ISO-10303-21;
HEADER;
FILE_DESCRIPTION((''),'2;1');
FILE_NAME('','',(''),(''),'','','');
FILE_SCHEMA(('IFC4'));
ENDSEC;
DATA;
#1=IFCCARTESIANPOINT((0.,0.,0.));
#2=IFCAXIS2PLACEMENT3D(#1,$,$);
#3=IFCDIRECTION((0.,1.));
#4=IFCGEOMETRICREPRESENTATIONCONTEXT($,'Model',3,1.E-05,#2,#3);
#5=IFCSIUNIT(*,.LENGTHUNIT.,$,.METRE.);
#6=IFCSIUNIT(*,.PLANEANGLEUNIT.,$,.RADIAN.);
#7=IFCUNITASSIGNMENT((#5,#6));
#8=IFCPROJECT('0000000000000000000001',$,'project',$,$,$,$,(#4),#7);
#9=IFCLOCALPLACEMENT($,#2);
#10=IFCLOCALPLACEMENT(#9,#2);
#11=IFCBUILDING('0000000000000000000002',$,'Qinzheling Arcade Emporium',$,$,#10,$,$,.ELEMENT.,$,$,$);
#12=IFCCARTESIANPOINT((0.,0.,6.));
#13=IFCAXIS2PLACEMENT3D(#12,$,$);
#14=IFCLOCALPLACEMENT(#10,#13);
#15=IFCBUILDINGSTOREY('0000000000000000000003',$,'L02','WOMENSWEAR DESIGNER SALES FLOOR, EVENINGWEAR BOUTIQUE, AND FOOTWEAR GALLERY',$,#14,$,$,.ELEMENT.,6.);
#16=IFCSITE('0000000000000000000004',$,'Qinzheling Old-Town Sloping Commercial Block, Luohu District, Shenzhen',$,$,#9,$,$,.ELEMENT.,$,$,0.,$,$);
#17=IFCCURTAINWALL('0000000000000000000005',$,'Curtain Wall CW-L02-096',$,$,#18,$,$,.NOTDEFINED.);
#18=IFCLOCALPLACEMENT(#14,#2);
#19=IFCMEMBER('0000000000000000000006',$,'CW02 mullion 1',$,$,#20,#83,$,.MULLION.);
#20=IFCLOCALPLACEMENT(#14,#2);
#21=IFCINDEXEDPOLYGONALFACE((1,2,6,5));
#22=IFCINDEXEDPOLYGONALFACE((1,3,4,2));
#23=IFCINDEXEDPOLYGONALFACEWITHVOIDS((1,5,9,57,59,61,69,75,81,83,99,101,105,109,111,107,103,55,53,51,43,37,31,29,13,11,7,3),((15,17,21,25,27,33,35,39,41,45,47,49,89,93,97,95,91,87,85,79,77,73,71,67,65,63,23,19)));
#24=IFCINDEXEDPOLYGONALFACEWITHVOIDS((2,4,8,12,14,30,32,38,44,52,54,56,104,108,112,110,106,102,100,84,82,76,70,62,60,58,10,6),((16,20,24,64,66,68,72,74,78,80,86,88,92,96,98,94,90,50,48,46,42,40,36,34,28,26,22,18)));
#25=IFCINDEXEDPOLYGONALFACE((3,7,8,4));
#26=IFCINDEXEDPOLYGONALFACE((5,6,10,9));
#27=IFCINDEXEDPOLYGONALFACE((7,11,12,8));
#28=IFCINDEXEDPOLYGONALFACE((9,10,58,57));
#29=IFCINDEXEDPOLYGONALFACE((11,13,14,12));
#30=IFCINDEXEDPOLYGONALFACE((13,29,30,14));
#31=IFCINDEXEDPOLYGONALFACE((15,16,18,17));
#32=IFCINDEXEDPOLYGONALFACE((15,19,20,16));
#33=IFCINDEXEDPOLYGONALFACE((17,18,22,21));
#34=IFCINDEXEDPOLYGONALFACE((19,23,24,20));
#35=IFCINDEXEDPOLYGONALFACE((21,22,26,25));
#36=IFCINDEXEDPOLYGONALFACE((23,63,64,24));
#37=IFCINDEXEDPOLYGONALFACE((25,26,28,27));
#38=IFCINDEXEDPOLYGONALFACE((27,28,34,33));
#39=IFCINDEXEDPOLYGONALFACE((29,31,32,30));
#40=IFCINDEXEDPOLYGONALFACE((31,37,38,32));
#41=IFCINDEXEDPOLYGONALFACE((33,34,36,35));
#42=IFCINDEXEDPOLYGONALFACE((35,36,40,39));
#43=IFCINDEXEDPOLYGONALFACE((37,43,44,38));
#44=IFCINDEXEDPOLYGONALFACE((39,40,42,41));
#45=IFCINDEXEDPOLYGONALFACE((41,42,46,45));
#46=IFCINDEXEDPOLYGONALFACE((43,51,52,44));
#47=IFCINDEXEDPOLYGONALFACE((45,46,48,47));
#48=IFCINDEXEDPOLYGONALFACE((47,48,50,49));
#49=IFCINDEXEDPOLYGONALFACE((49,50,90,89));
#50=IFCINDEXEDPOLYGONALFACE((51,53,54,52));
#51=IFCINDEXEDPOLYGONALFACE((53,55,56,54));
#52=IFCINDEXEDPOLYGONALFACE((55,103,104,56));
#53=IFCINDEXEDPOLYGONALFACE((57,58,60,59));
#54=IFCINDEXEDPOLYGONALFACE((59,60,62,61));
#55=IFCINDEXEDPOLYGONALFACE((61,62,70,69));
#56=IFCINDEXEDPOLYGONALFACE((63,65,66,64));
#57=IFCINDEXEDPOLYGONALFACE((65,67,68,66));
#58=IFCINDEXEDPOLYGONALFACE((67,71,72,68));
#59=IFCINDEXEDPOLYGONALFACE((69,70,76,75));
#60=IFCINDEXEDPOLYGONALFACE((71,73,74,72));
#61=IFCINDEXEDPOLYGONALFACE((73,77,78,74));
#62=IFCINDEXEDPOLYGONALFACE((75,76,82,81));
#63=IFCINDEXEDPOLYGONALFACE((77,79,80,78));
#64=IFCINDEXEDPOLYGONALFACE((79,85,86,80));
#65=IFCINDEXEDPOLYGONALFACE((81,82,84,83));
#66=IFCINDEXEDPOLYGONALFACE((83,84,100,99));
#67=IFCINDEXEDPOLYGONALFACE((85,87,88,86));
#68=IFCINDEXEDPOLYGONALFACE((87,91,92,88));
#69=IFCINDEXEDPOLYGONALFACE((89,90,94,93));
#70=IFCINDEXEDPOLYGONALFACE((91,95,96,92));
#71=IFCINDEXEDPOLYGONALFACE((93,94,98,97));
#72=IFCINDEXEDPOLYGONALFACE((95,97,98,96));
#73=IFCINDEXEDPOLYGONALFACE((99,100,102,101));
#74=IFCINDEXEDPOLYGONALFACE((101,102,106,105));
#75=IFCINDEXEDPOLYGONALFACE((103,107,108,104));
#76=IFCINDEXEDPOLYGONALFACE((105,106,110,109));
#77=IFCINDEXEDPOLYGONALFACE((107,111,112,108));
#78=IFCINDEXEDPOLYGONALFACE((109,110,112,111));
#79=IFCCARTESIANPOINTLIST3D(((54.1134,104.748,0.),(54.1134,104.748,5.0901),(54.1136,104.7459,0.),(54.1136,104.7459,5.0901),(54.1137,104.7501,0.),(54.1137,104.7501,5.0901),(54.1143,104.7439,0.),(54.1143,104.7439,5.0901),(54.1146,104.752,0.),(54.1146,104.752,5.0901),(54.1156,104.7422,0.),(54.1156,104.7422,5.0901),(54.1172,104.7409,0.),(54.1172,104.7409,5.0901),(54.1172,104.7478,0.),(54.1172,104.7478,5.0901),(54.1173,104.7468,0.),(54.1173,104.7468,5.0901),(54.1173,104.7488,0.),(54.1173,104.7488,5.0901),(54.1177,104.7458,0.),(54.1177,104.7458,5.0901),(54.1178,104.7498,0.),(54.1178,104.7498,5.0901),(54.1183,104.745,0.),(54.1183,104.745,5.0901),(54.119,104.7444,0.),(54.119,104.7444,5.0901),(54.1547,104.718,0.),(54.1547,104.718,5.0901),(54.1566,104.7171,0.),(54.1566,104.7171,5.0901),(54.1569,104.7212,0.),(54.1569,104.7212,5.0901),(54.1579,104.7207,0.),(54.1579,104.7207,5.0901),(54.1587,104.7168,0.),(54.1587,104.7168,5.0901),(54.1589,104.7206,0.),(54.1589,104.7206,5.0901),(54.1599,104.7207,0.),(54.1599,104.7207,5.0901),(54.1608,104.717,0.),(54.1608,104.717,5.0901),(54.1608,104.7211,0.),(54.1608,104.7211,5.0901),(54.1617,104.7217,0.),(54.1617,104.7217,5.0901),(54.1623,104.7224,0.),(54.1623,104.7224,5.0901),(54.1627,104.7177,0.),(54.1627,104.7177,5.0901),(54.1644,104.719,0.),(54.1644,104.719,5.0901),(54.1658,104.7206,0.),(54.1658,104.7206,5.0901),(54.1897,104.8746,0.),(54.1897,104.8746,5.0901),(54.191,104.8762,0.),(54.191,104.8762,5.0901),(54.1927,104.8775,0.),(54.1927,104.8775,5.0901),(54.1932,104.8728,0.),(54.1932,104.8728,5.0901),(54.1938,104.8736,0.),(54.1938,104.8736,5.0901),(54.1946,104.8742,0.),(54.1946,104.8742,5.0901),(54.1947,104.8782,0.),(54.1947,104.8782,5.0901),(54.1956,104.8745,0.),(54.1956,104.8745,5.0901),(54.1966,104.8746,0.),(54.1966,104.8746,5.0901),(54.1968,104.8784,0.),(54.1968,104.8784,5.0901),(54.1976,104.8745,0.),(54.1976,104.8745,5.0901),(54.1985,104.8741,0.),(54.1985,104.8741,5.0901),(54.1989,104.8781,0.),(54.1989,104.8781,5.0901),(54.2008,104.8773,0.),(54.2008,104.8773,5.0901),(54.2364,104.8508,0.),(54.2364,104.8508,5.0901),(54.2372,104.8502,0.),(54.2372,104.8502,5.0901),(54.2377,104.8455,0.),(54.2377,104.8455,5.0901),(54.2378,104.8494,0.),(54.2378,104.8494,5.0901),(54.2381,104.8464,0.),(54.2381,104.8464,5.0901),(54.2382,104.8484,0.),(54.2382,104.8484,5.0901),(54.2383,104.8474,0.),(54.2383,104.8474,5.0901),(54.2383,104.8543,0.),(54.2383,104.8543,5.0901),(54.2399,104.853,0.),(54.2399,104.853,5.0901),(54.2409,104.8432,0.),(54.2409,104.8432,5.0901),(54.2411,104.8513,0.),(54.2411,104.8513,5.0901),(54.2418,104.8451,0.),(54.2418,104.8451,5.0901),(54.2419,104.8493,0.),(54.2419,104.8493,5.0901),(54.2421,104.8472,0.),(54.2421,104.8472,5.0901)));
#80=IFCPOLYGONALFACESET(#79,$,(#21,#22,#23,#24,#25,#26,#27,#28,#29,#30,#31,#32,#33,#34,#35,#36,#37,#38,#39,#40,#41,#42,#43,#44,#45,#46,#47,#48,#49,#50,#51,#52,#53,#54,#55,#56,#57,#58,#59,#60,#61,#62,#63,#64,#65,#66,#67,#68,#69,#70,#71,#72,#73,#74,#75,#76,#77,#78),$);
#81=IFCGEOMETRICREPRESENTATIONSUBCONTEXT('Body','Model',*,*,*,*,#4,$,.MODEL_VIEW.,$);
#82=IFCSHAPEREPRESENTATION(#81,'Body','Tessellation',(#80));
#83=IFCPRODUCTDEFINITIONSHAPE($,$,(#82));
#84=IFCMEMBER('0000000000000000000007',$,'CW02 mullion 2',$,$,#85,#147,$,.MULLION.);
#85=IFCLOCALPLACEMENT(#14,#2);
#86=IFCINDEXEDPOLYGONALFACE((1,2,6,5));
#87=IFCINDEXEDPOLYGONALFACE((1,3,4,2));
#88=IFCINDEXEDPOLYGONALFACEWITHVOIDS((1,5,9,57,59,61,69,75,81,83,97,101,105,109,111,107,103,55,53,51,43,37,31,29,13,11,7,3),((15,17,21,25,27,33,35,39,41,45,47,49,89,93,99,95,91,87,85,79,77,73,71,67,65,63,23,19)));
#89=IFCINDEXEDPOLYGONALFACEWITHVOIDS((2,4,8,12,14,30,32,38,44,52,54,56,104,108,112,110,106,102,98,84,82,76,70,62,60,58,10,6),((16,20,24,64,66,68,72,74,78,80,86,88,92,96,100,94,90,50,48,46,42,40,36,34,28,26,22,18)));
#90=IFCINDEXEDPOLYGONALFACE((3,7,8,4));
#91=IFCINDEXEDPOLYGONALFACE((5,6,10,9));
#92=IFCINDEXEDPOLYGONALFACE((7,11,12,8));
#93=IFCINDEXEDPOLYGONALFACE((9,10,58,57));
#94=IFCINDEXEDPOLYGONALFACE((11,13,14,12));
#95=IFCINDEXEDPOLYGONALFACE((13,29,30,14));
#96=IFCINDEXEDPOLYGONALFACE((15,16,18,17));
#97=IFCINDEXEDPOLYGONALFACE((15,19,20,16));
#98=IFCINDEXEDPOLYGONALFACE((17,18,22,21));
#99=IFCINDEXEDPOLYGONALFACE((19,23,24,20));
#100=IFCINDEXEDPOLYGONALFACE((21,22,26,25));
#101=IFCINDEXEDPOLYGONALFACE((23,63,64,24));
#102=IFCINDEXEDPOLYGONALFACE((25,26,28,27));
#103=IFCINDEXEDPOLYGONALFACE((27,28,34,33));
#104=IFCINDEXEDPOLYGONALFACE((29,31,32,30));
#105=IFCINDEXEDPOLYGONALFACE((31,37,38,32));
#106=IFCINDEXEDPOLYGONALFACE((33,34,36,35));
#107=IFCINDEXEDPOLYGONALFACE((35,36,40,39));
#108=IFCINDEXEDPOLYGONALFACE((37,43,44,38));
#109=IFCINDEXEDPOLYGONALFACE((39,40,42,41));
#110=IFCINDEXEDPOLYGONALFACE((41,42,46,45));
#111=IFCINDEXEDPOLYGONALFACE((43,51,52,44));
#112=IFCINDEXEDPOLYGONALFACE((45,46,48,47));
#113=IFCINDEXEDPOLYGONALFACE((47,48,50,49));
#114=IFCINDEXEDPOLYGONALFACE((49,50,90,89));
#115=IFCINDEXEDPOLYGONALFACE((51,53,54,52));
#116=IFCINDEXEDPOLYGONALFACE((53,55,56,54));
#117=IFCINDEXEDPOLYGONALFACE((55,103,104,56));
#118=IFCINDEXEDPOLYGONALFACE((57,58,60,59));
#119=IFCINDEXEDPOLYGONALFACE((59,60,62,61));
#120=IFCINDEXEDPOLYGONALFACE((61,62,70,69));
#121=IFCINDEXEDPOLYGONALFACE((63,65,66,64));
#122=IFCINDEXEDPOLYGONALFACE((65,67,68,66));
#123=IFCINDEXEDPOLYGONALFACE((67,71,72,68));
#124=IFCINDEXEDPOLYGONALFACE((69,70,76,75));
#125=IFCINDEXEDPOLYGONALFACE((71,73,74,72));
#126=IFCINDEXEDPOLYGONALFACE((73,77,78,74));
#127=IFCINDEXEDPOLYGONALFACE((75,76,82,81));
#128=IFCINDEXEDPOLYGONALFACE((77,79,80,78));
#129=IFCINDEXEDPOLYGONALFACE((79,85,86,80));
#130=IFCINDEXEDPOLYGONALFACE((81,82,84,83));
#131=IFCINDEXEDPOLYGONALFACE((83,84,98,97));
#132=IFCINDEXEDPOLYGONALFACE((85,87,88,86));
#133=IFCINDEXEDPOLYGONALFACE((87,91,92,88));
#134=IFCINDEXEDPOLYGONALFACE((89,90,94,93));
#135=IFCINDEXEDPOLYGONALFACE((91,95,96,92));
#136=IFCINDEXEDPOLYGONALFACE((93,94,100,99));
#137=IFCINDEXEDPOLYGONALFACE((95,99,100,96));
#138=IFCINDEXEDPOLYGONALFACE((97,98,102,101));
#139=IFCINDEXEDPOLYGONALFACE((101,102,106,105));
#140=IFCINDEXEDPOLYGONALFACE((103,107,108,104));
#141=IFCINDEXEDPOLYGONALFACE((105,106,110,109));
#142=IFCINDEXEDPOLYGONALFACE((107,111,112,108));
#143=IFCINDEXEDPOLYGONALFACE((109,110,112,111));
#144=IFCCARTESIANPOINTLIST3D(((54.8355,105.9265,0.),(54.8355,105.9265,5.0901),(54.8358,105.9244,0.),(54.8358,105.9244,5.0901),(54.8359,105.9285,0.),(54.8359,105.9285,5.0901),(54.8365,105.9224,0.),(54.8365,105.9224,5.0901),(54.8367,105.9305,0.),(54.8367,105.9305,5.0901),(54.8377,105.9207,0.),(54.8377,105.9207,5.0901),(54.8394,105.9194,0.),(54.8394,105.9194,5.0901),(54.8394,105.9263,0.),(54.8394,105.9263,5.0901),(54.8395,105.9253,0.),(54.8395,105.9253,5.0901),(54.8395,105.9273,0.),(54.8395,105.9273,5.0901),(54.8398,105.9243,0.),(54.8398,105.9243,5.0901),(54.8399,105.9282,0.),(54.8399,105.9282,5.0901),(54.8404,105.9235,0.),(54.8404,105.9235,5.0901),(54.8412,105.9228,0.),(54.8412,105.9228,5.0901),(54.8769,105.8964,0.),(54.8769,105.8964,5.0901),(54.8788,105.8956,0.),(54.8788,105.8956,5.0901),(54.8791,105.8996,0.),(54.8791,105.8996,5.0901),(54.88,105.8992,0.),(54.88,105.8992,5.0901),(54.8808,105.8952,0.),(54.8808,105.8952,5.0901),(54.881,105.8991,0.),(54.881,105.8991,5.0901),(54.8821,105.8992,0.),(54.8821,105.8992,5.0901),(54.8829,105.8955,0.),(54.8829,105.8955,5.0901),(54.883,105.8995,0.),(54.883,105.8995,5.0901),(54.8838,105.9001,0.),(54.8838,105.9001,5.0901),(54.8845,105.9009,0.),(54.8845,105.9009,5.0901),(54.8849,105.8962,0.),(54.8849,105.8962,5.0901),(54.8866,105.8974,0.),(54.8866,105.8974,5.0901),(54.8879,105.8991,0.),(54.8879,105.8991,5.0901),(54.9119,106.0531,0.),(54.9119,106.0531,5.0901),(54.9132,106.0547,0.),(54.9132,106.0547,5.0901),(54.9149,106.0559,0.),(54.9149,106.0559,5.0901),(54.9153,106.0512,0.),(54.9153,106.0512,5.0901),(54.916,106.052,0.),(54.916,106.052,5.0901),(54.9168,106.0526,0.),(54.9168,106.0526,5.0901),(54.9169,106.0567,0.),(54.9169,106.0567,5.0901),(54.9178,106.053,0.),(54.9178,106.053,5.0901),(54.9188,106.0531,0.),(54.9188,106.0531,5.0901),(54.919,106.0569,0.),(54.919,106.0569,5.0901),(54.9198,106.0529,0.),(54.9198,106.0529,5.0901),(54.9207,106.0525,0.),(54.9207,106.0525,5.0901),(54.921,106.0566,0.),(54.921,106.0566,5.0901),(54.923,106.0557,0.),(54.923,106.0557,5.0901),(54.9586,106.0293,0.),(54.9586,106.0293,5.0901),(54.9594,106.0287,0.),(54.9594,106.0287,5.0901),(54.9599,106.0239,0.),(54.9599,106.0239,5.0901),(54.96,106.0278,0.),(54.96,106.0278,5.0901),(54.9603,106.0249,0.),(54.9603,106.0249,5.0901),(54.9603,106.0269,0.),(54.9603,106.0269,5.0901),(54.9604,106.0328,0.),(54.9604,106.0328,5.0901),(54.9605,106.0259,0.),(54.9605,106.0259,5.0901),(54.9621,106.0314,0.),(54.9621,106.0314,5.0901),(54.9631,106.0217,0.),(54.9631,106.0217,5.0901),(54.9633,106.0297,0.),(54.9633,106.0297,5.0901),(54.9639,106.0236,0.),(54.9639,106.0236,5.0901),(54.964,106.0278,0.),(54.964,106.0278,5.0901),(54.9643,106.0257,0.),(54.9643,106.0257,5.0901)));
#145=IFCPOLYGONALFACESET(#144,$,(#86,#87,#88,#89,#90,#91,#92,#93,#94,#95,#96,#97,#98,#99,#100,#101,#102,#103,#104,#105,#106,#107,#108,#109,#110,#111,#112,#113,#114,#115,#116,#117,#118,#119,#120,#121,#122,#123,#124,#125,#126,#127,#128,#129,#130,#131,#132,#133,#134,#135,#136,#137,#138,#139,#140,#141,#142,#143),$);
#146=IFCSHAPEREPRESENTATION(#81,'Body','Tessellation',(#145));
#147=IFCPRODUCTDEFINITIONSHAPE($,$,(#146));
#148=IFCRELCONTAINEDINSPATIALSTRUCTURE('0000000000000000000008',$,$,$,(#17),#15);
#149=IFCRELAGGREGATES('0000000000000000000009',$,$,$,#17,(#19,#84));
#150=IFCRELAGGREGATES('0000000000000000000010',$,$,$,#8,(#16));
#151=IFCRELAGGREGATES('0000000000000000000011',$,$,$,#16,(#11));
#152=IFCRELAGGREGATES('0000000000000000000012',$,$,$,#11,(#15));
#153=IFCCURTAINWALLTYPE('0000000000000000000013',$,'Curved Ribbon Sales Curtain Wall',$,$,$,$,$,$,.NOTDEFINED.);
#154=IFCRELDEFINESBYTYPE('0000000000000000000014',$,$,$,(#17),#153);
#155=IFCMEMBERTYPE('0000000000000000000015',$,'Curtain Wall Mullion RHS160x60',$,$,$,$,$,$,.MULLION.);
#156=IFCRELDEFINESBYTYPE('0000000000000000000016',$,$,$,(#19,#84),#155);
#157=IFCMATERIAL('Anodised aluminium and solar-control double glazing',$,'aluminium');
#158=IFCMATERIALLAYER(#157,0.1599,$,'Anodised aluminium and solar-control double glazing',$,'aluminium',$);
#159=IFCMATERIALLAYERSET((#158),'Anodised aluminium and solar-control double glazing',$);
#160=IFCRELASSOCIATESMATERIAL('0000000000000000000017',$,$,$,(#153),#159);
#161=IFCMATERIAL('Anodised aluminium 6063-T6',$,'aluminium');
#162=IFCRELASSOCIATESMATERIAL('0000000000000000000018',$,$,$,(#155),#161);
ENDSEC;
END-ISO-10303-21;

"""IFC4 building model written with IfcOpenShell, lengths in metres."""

from ifc_helpers import new_model, si_unit, direction, frame, origin, origin_2d, place, context, subcontext, project, spatial, hollow_rectangle, extrude, material, layer, layer_set, material_profile, profile_set, type_object, element, aggregate, save


model = new_model("IFC4")

# Units and contexts
model_context = context("Model", 3, precision=1e-05, world=origin(), true_north=direction((0.0, 1.0)))
body_context = subcontext(model_context, "Body", "Model", "MODEL_VIEW")
ifc_project = project(units=[si_unit("LENGTHUNIT", "METRE"), si_unit("PLANEANGLEUNIT", "RADIAN")], contexts=[model_context])

# Site, building, storey
site_placement = place(None, origin())
site = spatial("IfcSite", under=ifc_project, at=site_placement, Name="Qinzheling Old-Town Sloping Commercial Block, Luohu District, Shenzhen", CompositionType="ELEMENT", RefElevation=0.0)
building_placement = place(site_placement, origin())
building = spatial("IfcBuilding", under=site, at=building_placement, Name="Qinzheling Arcade Emporium", CompositionType="ELEMENT")
storey_placement = place(building_placement, frame((0.0, 0.0, 6.0)))
storey = spatial("IfcBuildingStorey", under=building, at=storey_placement, Name="L02", Description="WOMENSWEAR DESIGNER SALES FLOOR, EVENINGWEAR BOUTIQUE, AND FOOTWEAR GALLERY", CompositionType="ELEMENT", Elevation=6.0)

# Curtain wall, members
ifc_material_1 = material(Name="Anodised aluminium and solar-control double glazing", Category="aluminium")
ifc_layer_1 = layer(ifc_material_1, 0.1599, Name="Anodised aluminium and solar-control double glazing", Category="aluminium")
ifc_layer_set_1 = layer_set([ifc_layer_1], Name="Anodised aluminium and solar-control double glazing")
curtain_wall_type = type_object("IfcCurtainWallType", Name="Curved Ribbon Sales Curtain Wall", PredefinedType="NOTDEFINED", material=ifc_layer_set_1)
ifc_material_2 = material(Name="Anodised aluminium 6063-T6", Category="aluminium")
ifc_material_profile_1 = material_profile(ifc_material_2, hollow_rectangle(XDim=0.0601, YDim=0.1599, WallThickness=0.0039, InnerFilletRadius=0.0039, OuterFilletRadius=0.0081, at=origin_2d()), Name="RHS 160x60x4", Category="aluminium")
ifc_profile_set_1 = profile_set([ifc_material_profile_1], Name="Anodised aluminium 6063-T6")
member_type_1 = type_object("IfcMemberType", Name="Curtain Wall Mullion RHS160x60", PredefinedType="MULLION", material=ifc_profile_set_1)
curtain_wall_1_placement = place(storey_placement, origin())
curtain_wall_1 = element("IfcCurtainWall", 1, at=curtain_wall_1_placement, inside=storey, type_object=curtain_wall_type, Name="Curtain Wall CW-L02-096", PredefinedType="NOTDEFINED")
member_1_placement = place(storey_placement, frame((54.1777, 104.7976, 0.0), z_axis=(0.0, 0.0, 1.0), x_axis=(-0.852581, 0.522595, 0.0)))
member_1 = element("IfcMember", 2, at=member_1_placement, type_object=member_type_1, Name="CW02 mullion 1", PredefinedType="MULLION", context=body_context, shape_type="SweptSolid", body=[
    extrude(hollow_rectangle(XDim=0.0601, YDim=0.1599, WallThickness=0.0039, InnerFilletRadius=0.0039, OuterFilletRadius=0.0081, at=origin_2d()), origin(), (0.0, 0.0, 1.0), 5.0901),
])
member_2_placement = place(storey_placement, frame((54.8999, 105.9761, 0.0), z_axis=(0.0, 0.0, 1.0), x_axis=(-0.852581, 0.522595, 0.0)))
member_2 = element("IfcMember", 3, at=member_2_placement, type_object=member_type_1, Name="CW02 mullion 2", PredefinedType="MULLION", context=body_context, shape_type="SweptSolid", body=[
    extrude(hollow_rectangle(XDim=0.0601, YDim=0.1599, WallThickness=0.0039, InnerFilletRadius=0.0039, OuterFilletRadius=0.0081, at=origin_2d()), origin(), (0.0, 0.0, 1.0), 5.0901),
])

aggregate(curtain_wall_1, [member_1, member_2])

save(model, "model.ifc")
